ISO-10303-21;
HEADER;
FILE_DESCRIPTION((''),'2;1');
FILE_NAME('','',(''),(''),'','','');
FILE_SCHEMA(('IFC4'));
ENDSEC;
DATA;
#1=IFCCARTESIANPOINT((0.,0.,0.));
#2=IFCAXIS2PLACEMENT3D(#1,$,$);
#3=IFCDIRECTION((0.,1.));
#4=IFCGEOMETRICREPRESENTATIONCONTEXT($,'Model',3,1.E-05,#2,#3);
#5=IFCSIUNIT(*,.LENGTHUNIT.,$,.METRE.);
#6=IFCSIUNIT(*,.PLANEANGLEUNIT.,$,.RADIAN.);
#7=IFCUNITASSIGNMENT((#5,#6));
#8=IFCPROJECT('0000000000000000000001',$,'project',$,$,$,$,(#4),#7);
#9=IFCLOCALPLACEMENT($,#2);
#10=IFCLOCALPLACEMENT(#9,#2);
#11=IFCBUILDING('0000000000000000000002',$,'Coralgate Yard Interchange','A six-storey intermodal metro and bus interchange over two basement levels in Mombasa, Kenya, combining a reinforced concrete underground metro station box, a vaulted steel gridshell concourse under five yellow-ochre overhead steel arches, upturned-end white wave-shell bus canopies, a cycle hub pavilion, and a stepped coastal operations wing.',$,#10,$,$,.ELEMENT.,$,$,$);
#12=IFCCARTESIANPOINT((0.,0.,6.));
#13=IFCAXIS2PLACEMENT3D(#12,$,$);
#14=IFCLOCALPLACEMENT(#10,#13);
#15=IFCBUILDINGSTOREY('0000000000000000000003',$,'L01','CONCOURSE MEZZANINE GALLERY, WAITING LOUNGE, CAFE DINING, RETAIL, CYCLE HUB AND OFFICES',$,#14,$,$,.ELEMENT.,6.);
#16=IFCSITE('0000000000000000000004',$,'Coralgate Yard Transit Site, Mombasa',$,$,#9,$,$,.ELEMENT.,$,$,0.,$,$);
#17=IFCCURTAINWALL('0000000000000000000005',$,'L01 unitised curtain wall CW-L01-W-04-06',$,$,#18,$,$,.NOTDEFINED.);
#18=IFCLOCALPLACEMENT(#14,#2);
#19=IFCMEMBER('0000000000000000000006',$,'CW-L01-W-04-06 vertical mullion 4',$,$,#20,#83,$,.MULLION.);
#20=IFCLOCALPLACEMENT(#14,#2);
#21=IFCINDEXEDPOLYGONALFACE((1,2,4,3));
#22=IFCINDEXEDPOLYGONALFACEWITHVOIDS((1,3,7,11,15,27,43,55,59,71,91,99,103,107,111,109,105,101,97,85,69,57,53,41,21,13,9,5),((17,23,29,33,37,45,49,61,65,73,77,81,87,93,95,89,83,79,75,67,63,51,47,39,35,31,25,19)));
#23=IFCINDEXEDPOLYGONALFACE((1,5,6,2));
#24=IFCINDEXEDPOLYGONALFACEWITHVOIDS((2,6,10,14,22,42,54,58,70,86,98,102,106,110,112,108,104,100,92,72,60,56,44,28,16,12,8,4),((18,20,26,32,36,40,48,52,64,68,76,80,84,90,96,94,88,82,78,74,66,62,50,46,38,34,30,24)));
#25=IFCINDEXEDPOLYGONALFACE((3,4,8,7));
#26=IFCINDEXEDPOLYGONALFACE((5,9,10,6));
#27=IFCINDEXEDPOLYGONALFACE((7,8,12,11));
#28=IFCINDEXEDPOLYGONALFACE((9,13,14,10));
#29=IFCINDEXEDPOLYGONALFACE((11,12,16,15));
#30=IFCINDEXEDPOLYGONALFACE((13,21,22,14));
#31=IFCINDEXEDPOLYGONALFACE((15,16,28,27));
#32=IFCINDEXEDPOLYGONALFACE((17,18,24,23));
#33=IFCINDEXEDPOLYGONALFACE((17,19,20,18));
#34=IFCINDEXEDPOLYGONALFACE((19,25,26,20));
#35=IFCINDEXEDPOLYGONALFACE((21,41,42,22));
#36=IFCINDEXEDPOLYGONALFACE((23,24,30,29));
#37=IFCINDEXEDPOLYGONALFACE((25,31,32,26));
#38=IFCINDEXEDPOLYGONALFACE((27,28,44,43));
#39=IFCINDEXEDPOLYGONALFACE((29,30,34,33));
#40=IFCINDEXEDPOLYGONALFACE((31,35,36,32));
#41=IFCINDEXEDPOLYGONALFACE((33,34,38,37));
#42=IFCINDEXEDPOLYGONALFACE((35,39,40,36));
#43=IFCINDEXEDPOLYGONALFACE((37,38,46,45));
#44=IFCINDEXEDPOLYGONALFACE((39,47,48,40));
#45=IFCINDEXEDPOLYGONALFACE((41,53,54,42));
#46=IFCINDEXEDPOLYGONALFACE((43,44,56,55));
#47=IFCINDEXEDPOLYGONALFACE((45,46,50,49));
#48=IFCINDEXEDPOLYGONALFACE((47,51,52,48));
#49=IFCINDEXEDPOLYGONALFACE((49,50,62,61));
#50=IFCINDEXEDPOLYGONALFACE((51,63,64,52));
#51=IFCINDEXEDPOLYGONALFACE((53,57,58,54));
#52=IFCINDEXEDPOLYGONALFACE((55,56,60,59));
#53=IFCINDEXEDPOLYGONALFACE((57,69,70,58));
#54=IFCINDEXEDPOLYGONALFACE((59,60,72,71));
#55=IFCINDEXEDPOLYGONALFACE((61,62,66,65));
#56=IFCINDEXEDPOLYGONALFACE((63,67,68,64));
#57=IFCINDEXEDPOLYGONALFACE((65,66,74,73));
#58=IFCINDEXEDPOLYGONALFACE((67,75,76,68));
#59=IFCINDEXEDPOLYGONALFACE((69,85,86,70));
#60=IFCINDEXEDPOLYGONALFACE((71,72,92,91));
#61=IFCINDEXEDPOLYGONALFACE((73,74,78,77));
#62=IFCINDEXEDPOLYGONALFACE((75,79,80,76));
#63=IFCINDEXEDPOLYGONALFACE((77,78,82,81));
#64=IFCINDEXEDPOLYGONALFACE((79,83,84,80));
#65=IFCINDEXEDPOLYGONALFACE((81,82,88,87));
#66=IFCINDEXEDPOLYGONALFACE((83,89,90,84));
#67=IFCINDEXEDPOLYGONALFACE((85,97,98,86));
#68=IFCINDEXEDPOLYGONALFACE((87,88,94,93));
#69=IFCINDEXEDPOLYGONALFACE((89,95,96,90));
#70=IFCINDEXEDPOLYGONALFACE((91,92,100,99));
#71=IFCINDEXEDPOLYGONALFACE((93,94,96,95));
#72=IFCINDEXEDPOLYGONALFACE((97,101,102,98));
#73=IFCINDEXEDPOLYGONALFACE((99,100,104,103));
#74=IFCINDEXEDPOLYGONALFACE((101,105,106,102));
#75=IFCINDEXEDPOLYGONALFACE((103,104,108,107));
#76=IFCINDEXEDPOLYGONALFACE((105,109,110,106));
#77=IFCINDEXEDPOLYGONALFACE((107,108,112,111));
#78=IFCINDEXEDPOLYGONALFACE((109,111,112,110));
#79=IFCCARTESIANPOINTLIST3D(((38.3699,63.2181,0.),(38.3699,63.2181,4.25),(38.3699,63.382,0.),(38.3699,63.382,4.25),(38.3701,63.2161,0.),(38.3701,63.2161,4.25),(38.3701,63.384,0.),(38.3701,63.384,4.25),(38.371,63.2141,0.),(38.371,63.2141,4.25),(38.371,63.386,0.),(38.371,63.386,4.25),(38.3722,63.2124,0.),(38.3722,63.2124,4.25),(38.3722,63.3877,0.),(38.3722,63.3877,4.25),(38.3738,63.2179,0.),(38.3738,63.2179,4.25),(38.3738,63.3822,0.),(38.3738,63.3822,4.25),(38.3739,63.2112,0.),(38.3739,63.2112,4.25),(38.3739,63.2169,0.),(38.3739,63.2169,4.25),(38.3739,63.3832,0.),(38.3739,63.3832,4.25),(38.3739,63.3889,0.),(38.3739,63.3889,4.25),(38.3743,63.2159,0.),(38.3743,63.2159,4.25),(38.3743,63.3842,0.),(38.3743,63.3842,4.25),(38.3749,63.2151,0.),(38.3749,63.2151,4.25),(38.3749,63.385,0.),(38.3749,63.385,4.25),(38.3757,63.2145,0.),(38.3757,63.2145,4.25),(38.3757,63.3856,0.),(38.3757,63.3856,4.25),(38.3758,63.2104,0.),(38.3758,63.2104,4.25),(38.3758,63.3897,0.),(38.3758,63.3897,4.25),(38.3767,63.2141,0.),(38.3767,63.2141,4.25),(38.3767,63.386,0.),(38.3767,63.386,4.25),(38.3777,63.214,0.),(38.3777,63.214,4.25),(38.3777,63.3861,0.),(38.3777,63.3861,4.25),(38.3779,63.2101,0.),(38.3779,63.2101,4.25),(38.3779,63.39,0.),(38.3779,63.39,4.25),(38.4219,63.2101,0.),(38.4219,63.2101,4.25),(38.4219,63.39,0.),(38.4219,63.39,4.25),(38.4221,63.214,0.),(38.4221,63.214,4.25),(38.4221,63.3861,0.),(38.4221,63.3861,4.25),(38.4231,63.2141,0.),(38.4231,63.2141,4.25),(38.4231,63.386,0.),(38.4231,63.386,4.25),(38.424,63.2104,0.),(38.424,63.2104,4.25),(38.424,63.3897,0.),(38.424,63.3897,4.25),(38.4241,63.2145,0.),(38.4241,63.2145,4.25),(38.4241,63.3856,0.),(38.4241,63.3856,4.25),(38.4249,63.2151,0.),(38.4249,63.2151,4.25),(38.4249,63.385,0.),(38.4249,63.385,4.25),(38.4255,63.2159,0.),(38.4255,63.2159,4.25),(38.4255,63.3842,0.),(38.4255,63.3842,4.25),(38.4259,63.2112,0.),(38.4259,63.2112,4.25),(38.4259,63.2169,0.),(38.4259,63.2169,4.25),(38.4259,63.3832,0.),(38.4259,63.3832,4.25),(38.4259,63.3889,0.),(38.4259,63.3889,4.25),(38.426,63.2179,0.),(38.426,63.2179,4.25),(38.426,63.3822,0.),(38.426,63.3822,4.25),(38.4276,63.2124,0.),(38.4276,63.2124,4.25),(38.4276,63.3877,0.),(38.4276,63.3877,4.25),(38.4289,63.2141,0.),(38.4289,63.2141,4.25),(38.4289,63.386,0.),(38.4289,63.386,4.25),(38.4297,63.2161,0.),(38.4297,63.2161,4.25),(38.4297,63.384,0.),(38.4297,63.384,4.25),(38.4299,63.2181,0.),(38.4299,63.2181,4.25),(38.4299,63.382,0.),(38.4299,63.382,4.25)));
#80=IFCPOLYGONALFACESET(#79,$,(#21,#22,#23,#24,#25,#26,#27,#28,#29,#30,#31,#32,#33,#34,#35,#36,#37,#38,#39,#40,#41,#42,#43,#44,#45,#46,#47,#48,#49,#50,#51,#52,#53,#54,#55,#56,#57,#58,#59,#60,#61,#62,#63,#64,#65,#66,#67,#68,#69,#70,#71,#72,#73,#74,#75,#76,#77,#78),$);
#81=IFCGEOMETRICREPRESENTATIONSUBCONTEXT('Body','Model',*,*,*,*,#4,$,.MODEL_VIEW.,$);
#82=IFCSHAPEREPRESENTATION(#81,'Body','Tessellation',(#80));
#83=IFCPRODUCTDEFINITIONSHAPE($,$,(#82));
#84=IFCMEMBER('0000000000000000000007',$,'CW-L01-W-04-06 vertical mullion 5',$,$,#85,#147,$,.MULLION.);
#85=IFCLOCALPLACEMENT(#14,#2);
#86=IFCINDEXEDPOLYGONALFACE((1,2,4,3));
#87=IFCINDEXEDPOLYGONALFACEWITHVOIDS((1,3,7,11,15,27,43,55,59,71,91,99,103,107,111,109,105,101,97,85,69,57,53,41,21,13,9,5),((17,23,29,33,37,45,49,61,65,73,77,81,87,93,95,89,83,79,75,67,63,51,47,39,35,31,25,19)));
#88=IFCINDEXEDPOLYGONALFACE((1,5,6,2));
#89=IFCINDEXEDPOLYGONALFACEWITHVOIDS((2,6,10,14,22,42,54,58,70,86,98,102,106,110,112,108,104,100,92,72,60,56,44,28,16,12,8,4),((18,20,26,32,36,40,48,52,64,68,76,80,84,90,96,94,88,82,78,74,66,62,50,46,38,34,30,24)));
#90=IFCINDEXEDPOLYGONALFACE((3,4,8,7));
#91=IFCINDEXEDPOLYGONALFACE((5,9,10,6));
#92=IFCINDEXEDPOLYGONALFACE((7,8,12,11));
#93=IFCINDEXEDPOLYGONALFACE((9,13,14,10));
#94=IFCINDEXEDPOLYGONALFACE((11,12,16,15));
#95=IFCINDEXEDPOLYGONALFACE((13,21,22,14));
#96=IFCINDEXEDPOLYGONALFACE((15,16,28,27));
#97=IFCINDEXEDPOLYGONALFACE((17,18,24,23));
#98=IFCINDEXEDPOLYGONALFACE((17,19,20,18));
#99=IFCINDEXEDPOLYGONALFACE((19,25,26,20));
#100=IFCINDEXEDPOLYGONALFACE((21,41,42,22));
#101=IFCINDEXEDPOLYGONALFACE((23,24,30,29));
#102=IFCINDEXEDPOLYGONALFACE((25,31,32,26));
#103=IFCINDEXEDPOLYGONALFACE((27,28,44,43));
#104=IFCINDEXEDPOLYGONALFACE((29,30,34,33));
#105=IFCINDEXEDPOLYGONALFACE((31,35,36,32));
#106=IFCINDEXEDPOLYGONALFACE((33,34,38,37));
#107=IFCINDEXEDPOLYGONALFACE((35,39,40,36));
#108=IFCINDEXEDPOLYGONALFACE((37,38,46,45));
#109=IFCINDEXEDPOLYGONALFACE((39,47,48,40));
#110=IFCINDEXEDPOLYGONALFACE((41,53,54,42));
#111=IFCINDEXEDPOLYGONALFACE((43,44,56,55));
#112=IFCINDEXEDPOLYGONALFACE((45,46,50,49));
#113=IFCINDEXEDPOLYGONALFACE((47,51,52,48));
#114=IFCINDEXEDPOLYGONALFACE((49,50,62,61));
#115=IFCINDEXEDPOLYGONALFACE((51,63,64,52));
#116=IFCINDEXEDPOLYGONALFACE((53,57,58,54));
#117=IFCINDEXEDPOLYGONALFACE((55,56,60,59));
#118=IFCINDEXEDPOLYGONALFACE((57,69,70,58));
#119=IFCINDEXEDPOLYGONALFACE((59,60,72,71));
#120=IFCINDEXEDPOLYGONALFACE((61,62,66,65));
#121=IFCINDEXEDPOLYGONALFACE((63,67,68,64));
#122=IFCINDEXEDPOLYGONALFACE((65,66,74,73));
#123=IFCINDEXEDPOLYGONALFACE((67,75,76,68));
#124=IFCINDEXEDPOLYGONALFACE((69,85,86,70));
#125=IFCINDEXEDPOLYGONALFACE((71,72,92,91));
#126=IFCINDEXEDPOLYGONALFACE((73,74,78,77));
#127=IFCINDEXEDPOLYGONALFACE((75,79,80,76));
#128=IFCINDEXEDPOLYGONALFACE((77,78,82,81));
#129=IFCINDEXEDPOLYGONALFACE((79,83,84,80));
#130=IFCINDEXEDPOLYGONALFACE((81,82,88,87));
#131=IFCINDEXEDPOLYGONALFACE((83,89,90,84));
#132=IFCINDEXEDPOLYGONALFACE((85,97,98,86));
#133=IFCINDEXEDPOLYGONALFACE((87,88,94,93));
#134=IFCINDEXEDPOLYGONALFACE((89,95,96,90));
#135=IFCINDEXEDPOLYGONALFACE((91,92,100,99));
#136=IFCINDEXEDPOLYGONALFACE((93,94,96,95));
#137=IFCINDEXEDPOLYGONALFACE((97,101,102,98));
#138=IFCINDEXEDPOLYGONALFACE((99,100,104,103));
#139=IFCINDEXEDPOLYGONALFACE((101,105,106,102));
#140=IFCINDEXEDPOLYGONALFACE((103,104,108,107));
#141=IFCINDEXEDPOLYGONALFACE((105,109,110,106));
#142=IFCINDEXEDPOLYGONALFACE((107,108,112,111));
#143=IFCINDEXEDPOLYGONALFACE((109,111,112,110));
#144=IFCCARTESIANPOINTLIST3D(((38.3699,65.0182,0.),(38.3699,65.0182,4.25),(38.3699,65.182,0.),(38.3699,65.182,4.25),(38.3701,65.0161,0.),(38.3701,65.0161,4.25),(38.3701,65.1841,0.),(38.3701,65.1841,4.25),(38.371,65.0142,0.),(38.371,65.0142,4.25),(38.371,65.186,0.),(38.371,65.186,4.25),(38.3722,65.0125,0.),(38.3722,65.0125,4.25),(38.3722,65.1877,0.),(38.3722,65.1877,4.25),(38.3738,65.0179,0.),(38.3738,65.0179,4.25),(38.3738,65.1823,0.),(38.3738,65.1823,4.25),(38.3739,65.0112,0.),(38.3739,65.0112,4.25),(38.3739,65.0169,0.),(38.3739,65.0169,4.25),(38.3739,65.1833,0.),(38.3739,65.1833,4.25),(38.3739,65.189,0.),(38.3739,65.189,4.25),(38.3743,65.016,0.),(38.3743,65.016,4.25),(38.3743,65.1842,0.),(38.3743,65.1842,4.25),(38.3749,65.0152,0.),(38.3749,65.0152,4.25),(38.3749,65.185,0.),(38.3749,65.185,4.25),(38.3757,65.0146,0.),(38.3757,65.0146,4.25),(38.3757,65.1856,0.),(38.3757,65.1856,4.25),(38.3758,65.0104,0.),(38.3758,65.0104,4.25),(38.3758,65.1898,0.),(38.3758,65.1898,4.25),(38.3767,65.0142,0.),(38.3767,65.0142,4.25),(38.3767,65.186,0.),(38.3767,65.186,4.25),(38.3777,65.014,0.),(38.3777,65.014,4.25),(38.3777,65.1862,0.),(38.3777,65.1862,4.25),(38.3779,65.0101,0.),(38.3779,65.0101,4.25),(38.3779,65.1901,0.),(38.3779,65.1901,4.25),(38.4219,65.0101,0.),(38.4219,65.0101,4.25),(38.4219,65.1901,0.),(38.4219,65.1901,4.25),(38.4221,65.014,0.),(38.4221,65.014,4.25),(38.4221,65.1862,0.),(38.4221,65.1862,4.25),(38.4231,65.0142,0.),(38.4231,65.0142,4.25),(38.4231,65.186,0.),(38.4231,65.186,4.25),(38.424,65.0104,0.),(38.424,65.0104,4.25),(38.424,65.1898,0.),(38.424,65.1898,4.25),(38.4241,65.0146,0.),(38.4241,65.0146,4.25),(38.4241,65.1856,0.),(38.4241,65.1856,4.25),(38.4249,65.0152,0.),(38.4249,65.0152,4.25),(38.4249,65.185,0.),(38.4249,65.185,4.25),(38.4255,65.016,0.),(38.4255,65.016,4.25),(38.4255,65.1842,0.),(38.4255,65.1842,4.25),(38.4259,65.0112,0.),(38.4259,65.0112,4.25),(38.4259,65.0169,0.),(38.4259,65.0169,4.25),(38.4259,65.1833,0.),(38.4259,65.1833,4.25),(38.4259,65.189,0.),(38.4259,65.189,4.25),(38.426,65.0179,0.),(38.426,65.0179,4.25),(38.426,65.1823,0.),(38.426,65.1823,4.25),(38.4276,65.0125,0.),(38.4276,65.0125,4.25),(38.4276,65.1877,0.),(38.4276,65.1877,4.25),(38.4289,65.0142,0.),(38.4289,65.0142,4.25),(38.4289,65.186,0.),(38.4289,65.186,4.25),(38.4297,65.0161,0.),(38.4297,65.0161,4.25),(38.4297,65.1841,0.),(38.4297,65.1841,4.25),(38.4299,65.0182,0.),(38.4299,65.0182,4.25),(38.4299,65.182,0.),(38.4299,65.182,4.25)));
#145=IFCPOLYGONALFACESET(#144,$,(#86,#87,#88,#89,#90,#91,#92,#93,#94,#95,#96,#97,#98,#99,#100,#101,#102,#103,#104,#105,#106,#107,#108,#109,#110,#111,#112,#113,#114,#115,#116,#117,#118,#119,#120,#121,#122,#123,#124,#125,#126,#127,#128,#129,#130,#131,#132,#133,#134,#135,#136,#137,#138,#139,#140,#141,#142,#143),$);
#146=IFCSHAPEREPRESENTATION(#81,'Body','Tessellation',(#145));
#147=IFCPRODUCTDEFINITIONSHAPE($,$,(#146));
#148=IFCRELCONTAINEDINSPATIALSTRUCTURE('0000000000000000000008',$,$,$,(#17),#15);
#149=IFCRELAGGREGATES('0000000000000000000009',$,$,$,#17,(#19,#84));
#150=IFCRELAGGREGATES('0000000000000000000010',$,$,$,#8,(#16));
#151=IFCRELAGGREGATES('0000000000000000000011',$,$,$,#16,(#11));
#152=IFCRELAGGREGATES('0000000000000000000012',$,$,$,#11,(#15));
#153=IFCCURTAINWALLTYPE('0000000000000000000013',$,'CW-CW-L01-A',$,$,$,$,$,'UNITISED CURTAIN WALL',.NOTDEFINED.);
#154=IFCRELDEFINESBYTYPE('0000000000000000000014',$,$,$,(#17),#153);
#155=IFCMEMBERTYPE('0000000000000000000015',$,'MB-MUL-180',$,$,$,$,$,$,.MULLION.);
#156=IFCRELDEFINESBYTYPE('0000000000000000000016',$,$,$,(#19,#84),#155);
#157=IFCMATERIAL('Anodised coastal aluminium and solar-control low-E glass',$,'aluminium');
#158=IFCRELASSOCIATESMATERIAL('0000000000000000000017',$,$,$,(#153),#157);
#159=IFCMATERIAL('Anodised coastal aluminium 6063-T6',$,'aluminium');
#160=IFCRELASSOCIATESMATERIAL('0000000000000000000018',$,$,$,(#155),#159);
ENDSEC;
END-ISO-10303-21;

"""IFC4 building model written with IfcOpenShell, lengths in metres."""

from ifc_helpers import new_model, si_unit, direction, frame, origin, origin_2d, place, context, subcontext, project, spatial, hollow_rectangle, extrude, material, material_profile, profile_set, type_object, element, aggregate, save


model = new_model("IFC4")

# Units and contexts
model_context = context("Model", 3, precision=1e-05, world=origin(), true_north=direction((0.0, 1.0)))
body_context = subcontext(model_context, "Body", "Model", "MODEL_VIEW")
ifc_project = project(units=[si_unit("LENGTHUNIT", "METRE"), si_unit("PLANEANGLEUNIT", "RADIAN")], contexts=[model_context])

# Site, building, storey
site_placement = place(None, origin())
site = spatial("IfcSite", under=ifc_project, at=site_placement, Name="Coralgate Yard Transit Site, Mombasa", CompositionType="ELEMENT", RefElevation=0.0)
building_placement = place(site_placement, origin())
building = spatial("IfcBuilding", under=site, at=building_placement, Name="Coralgate Yard Interchange", Description="A six-storey intermodal metro and bus interchange over two basement levels in Mombasa, Kenya, combining a reinforced concrete underground metro station box, a vaulted steel gridshell concourse under five yellow-ochre overhead steel arches, upturned-end white wave-shell bus canopies, a cycle hub pavilion, and a stepped coastal operations wing.", CompositionType="ELEMENT")
storey_placement = place(building_placement, frame((0.0, 0.0, 6.0)))
storey = spatial("IfcBuildingStorey", under=building, at=storey_placement, Name="L01", Description="CONCOURSE MEZZANINE GALLERY, WAITING LOUNGE, CAFE DINING, RETAIL, CYCLE HUB AND OFFICES", CompositionType="ELEMENT", Elevation=6.0)

# Curtain wall, members
ifc_material_1 = material(Name="Anodised coastal aluminium and solar-control low-E glass", Category="aluminium")
curtain_wall_type = type_object("IfcCurtainWallType", Name="CW-CW-L01-A", ElementType="UNITISED CURTAIN WALL", PredefinedType="NOTDEFINED", material=ifc_material_1)
curtain_wall_placement = place(storey_placement, origin())
curtain_wall = element("IfcCurtainWall", 1, at=curtain_wall_placement, inside=storey, type_object=curtain_wall_type, Name="L01 unitised curtain wall CW-L01-W-04-06", PredefinedType="NOTDEFINED")
ifc_material_2 = material(Name="Anodised coastal aluminium 6063-T6", Category="aluminium")
ifc_material_profile_1 = material_profile(ifc_material_2, hollow_rectangle(XDim=0.0601, YDim=0.1799, WallThickness=0.0039, InnerFilletRadius=0.0039, OuterFilletRadius=0.0081, at=origin_2d()), Name="ALU 60x180x4")
ifc_profile_set_1 = profile_set([ifc_material_profile_1], Name="Anodised coastal aluminium 6063-T6")
member_type_1 = type_object("IfcMemberType", Name="MB-MUL-180", PredefinedType="MULLION", material=ifc_profile_set_1)
member_1_placement = place(storey_placement, frame((38.3999, 63.3, 0.0), z_axis=(0.0, 0.0, 1.0), x_axis=(1.0, 0.0, 0.0)))
member_1 = element("IfcMember", 2, at=member_1_placement, type_object=member_type_1, Name="CW-L01-W-04-06 vertical mullion 4", PredefinedType="MULLION", context=body_context, shape_type="SweptSolid", body=[
    extrude(hollow_rectangle(XDim=0.0601, YDim=0.1799, WallThickness=0.0039, InnerFilletRadius=0.0039, OuterFilletRadius=0.0081, at=origin_2d()), origin(), (0.0, 0.0, 1.0), 4.25),
])
member_2_placement = place(storey_placement, frame((38.3999, 65.1001, 0.0), z_axis=(0.0, 0.0, 1.0), x_axis=(1.0, 0.0, 0.0)))
member_2 = element("IfcMember", 3, at=member_2_placement, type_object=member_type_1, Name="CW-L01-W-04-06 vertical mullion 5", PredefinedType="MULLION", context=body_context, shape_type="SweptSolid", body=[
    extrude(hollow_rectangle(XDim=0.0601, YDim=0.1799, WallThickness=0.0039, InnerFilletRadius=0.0039, OuterFilletRadius=0.0081, at=origin_2d()), origin(), (0.0, 0.0, 1.0), 4.25),
])
aggregate(curtain_wall, [member_1, member_2])

save(model, "model.ifc")
